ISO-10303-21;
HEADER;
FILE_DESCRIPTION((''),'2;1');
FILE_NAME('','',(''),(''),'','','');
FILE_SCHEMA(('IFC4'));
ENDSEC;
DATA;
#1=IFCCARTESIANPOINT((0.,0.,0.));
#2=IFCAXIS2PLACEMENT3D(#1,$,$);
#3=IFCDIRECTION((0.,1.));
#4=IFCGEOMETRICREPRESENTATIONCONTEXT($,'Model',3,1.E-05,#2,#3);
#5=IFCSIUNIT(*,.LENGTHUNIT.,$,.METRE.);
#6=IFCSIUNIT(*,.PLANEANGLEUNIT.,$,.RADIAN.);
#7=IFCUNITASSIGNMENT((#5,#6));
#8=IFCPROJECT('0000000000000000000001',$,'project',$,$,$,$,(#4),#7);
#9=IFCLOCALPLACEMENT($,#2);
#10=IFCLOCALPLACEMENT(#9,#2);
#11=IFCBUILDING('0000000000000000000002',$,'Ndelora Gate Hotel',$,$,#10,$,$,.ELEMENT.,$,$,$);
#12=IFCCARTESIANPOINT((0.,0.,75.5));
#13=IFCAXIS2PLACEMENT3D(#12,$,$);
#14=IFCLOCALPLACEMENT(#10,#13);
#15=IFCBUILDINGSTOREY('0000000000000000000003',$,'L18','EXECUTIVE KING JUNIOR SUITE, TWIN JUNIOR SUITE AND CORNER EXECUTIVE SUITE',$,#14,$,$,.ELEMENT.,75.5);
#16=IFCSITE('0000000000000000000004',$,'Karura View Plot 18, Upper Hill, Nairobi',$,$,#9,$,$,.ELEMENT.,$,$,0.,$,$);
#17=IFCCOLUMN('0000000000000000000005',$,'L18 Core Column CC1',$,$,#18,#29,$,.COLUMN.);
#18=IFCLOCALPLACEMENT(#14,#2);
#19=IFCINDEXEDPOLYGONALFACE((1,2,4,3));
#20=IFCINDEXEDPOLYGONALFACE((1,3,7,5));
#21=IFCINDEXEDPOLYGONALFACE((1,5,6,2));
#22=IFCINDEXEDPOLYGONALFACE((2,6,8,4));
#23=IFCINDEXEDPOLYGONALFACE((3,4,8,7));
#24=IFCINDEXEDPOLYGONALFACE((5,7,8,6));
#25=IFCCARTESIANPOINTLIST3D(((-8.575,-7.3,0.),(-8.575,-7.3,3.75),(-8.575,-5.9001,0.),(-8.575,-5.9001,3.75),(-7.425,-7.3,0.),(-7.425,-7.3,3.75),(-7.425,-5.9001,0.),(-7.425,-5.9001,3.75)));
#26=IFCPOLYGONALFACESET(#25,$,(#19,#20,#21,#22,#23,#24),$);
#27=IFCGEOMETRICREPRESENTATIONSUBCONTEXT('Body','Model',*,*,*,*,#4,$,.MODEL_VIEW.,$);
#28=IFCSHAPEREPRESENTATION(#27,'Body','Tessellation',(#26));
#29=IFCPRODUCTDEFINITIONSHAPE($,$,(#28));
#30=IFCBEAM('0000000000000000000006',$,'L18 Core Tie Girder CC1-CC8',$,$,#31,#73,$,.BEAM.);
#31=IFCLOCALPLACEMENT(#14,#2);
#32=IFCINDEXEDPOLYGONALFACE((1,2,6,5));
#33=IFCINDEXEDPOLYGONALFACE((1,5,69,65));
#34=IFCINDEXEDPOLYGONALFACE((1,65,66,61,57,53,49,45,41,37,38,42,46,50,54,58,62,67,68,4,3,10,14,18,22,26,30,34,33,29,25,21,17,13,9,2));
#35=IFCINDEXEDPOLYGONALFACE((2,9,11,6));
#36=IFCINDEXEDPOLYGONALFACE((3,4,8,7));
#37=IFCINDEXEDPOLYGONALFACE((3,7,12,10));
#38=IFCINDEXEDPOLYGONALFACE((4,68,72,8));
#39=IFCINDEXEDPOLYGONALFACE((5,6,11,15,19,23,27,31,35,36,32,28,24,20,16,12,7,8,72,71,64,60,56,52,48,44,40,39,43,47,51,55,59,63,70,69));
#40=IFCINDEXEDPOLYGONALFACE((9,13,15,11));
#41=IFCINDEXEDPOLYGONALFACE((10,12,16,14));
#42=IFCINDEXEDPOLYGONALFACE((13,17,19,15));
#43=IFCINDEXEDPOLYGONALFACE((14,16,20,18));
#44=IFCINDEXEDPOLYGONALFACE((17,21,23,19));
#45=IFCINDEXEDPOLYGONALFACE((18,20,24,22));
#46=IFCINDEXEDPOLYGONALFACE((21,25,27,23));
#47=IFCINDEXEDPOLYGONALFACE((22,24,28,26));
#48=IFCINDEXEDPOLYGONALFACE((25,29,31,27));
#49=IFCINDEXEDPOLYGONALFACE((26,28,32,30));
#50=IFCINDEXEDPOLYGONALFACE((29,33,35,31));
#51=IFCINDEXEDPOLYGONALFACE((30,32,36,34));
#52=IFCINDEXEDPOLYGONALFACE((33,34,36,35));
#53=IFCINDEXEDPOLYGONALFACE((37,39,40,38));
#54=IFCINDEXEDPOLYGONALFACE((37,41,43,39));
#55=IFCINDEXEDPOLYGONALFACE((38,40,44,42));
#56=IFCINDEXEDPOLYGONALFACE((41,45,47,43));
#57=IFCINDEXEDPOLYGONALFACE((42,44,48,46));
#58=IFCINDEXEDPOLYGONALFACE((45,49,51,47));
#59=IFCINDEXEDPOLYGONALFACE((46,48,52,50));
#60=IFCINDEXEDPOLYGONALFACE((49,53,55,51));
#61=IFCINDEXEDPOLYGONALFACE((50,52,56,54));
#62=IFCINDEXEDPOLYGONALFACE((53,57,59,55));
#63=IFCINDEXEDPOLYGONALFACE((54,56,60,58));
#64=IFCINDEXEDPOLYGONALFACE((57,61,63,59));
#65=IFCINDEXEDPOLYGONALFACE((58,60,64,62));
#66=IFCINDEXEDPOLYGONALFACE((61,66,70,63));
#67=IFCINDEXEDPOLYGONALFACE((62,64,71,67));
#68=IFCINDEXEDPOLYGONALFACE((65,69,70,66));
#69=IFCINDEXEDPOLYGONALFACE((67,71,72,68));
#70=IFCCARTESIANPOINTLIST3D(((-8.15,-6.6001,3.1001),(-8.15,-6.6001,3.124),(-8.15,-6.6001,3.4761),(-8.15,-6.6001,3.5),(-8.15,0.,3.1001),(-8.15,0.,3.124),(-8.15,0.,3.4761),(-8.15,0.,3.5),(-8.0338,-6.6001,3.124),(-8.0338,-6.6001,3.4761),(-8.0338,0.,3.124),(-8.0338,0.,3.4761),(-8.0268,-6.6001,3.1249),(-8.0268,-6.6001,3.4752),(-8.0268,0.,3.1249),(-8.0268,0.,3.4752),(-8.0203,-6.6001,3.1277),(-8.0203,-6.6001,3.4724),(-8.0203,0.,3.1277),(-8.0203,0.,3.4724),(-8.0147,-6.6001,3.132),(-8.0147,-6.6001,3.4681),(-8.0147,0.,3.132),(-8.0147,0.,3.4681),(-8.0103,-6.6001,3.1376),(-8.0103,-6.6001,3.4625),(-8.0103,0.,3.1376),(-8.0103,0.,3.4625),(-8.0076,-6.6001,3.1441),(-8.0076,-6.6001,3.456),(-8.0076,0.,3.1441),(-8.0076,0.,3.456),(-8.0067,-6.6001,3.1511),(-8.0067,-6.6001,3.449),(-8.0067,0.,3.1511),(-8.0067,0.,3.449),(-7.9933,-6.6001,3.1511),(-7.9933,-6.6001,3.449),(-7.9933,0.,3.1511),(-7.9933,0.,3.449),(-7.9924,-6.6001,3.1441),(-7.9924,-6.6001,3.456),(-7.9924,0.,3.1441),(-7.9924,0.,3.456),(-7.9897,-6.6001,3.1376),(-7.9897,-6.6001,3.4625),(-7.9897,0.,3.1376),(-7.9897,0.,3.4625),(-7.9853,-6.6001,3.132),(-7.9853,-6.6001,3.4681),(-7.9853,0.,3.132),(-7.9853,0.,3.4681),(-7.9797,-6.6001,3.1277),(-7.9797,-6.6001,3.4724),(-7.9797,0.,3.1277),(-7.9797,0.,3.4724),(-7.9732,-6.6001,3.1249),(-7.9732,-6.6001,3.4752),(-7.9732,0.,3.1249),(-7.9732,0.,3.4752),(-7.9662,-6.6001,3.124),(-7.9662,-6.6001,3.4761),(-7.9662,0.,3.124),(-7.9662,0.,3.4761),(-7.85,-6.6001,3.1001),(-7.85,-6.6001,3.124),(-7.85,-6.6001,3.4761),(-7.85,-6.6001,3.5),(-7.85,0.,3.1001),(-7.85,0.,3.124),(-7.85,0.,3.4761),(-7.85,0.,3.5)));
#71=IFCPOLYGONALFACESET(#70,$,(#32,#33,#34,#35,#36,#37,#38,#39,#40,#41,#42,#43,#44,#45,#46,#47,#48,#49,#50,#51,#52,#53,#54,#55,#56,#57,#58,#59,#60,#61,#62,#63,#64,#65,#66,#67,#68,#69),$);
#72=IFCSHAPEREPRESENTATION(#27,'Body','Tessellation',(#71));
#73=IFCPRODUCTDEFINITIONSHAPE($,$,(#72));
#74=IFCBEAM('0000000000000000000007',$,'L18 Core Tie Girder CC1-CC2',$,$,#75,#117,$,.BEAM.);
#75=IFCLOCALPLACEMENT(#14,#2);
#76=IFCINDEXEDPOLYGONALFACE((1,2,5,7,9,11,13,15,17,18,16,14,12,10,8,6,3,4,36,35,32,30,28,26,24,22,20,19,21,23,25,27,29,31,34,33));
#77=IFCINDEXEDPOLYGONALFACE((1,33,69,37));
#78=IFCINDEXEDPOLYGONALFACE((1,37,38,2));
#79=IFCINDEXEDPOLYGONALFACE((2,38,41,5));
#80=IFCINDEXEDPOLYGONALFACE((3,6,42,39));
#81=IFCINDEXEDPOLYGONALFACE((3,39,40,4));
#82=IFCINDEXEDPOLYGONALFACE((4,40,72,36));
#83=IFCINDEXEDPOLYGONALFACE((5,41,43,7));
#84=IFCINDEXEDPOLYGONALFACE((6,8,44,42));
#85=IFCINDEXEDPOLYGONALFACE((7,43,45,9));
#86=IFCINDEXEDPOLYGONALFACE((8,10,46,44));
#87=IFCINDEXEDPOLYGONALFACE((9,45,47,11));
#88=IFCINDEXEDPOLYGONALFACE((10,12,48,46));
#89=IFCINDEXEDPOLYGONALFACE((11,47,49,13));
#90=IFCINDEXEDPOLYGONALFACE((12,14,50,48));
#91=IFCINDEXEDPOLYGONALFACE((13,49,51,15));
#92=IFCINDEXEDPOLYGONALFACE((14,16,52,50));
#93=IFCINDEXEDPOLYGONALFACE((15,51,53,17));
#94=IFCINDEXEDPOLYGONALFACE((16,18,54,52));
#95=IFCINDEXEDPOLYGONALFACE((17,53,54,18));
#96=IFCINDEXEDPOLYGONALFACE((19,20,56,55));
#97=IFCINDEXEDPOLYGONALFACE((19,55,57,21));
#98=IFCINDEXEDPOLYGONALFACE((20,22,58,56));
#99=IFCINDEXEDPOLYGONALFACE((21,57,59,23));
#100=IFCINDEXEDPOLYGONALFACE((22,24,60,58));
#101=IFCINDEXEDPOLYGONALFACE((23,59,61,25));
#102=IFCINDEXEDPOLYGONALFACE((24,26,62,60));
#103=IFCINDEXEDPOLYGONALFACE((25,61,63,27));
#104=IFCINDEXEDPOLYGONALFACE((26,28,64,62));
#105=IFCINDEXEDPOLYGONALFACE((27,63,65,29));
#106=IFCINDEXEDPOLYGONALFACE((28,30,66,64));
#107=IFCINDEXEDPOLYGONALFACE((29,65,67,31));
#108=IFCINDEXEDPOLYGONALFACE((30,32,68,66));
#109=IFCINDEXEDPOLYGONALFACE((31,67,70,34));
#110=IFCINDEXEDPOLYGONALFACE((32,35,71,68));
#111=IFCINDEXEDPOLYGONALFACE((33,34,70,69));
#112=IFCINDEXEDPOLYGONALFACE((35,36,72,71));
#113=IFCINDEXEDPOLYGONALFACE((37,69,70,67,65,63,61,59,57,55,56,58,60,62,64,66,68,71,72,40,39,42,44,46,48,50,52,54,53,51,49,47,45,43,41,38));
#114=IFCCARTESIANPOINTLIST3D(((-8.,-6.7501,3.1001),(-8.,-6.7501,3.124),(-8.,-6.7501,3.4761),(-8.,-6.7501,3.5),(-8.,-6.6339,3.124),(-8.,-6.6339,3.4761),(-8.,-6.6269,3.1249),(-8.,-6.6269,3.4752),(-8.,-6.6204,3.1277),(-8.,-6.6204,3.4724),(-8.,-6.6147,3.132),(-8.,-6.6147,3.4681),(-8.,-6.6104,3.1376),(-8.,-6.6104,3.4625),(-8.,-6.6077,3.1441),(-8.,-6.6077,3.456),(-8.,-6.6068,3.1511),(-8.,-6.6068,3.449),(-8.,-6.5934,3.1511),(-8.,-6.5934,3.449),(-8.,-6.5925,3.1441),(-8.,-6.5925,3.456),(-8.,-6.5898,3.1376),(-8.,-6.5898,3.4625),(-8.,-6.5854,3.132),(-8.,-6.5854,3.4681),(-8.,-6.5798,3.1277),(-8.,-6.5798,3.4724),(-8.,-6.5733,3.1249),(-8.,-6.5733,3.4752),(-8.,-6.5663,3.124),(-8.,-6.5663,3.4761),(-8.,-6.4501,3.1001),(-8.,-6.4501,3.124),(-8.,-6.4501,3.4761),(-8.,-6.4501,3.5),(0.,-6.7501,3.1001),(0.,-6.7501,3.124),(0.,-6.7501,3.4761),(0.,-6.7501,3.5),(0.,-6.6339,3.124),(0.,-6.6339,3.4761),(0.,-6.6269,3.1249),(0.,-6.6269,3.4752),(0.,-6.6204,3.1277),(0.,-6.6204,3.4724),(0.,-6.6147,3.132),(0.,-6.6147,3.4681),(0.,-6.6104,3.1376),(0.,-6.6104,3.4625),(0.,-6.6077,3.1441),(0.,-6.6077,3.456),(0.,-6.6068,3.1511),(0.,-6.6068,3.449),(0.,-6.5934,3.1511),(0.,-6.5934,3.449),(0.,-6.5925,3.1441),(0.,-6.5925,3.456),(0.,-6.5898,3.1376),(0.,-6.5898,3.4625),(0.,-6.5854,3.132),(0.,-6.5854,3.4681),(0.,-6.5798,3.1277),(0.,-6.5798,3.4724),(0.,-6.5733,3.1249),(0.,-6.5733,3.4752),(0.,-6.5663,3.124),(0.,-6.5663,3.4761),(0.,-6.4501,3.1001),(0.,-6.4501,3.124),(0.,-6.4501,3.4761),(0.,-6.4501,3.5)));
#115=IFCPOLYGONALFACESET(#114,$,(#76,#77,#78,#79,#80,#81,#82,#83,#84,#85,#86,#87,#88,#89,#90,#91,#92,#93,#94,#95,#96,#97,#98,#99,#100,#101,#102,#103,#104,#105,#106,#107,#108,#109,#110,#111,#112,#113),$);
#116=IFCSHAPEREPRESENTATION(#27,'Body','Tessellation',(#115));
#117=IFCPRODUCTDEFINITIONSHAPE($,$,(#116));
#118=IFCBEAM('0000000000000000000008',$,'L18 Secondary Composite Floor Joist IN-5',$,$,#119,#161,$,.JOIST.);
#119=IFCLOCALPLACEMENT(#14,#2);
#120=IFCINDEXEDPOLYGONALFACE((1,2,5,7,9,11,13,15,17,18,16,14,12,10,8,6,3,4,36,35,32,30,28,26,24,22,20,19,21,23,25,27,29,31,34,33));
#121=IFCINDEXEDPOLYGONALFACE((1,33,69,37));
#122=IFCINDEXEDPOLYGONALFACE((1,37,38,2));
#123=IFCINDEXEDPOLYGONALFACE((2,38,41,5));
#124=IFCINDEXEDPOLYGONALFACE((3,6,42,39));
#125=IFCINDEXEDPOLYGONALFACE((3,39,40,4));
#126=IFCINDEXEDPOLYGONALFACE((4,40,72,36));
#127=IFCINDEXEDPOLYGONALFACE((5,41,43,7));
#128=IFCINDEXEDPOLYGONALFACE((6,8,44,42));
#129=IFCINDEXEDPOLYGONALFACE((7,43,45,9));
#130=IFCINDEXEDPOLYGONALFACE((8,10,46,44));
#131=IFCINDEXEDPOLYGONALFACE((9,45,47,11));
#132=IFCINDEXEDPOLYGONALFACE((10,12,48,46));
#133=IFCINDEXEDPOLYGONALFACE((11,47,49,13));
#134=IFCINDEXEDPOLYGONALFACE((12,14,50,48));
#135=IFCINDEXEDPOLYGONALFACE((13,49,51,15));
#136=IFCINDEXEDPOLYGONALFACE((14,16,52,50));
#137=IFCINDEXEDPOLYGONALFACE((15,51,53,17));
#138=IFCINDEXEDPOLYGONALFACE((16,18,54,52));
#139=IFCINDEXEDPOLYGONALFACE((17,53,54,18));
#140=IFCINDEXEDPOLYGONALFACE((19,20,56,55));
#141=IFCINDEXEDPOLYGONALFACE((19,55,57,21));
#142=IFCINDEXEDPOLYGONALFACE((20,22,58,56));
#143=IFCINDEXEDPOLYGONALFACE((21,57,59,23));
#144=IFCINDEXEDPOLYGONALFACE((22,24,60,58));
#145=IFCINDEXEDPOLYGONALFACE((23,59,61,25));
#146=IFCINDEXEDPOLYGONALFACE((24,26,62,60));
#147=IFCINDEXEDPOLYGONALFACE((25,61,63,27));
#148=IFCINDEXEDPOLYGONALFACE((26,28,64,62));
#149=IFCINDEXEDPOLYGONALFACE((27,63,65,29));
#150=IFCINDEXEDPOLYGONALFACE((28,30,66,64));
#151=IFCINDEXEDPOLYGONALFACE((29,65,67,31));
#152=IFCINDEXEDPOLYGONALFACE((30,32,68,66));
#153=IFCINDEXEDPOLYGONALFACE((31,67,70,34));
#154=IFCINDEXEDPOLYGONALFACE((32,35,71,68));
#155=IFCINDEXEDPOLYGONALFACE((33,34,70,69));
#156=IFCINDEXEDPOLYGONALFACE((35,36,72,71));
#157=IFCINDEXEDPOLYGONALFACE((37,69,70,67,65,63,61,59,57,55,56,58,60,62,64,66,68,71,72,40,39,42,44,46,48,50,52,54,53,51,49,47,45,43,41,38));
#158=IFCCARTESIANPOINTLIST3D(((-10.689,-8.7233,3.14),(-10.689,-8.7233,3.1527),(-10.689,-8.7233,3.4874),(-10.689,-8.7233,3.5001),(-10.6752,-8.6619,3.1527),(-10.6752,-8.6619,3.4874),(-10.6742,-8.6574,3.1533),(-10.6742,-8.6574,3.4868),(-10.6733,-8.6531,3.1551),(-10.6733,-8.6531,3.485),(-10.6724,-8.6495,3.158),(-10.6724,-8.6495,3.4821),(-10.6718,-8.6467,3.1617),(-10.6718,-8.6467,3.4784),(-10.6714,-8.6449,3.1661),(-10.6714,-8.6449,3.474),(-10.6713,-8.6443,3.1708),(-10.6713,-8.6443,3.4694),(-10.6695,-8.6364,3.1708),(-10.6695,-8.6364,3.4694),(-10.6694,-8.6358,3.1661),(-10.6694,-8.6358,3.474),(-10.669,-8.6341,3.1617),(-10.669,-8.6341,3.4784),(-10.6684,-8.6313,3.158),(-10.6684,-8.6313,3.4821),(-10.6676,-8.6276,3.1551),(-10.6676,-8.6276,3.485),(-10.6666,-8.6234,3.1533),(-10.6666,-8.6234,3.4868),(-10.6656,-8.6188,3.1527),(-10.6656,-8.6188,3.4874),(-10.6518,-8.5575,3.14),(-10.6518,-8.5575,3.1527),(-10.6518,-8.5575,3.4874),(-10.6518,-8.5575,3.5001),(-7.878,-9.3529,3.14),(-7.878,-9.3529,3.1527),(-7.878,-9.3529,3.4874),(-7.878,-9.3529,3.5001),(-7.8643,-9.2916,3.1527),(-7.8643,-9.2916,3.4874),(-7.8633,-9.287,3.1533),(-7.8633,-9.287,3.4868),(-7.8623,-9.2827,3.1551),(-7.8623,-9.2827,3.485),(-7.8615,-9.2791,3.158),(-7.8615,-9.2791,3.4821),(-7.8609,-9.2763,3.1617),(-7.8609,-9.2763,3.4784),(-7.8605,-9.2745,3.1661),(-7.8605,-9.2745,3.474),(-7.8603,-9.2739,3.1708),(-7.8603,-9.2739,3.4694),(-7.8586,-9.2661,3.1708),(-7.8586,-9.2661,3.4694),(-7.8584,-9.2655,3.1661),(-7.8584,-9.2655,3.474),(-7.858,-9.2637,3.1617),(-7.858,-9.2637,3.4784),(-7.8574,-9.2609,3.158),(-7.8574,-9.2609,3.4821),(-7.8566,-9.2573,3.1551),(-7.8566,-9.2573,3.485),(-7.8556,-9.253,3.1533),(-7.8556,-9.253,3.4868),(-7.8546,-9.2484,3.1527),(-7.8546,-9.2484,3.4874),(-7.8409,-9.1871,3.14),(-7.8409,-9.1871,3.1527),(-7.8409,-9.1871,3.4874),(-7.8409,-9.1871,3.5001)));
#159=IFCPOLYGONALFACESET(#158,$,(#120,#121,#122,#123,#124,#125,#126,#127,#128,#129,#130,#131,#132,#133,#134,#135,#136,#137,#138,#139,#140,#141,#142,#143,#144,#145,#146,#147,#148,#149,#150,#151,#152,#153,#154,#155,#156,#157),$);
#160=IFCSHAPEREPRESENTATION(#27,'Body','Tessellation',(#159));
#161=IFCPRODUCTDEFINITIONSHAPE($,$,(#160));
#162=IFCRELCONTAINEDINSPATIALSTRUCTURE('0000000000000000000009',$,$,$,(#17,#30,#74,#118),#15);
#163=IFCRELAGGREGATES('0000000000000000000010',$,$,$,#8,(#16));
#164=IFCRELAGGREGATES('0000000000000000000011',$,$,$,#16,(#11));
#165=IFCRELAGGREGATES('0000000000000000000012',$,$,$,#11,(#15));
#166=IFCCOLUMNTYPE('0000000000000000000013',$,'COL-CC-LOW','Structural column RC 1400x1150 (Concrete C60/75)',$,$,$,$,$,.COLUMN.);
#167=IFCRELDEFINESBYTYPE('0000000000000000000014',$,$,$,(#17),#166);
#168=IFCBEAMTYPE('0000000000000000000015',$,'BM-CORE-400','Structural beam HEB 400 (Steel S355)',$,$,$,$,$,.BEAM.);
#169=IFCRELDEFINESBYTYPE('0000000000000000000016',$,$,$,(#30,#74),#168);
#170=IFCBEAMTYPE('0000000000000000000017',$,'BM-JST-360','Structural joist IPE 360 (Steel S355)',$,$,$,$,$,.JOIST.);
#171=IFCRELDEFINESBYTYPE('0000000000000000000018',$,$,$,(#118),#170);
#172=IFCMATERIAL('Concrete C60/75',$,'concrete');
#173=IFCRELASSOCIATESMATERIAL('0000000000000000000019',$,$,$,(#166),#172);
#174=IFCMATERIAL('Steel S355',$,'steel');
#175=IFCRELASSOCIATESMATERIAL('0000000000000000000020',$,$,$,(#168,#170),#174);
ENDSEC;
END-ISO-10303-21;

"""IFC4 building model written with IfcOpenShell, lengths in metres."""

from ifc_helpers import new_model, si_unit, direction, frame, origin, origin_2d, place, context, subcontext, project, spatial, rectangle, i_section, extrude, material, material_profile, profile_set, type_object, element, save


model = new_model("IFC4")

# Units and contexts
model_context = context("Model", 3, precision=1e-05, world=origin(), true_north=direction((0.0, 1.0)))
body_context = subcontext(model_context, "Body", "Model", "MODEL_VIEW")
ifc_project = project(units=[si_unit("LENGTHUNIT", "METRE"), si_unit("PLANEANGLEUNIT", "RADIAN")], contexts=[model_context])

# Site, building, storey
site_placement = place(None, origin())
site = spatial("IfcSite", under=ifc_project, at=site_placement, Name="Karura View Plot 18, Upper Hill, Nairobi", CompositionType="ELEMENT", RefElevation=0.0)
building_placement = place(site_placement, origin())
building = spatial("IfcBuilding", under=site, at=building_placement, Name="Ndelora Gate Hotel", CompositionType="ELEMENT")
storey_placement = place(building_placement, frame((0.0, 0.0, 75.5)))
storey = spatial("IfcBuildingStorey", under=building, at=storey_placement, Name="L18", Description="EXECUTIVE KING JUNIOR SUITE, TWIN JUNIOR SUITE AND CORNER EXECUTIVE SUITE", CompositionType="ELEMENT", Elevation=75.5)

# Column
ifc_material_1 = material(Name="Concrete C60/75", Category="concrete")
ifc_material_profile_1 = material_profile(ifc_material_1, rectangle(XDim=1.1499, YDim=1.3999, at=origin_2d()), Name="RC 1400x1150")
ifc_profile_set_1 = profile_set([ifc_material_profile_1], Name="Concrete C60/75")
column_type = type_object("IfcColumnType", Name="COL-CC-LOW", Description="Structural column RC 1400x1150 (Concrete C60/75)", PredefinedType="COLUMN", material=ifc_profile_set_1)
column_placement = place(storey_placement, frame((-8.0, -6.6001, 0.0), z_axis=(0.0, 0.0, 1.0), x_axis=(1.0, 0.0, 0.0)))
element("IfcColumn", 1, at=column_placement, inside=storey, type_object=column_type, Name="L18 Core Column CC1", PredefinedType="COLUMN", context=body_context, shape_type="SweptSolid", body=[
    extrude(rectangle(XDim=1.1499, YDim=1.3999, at=origin_2d()), origin(), (0.0, 0.0, 1.0), 3.75),
])

# Beams
ifc_material_2 = material(Name="Steel S355", Category="steel")
ifc_material_profile_2 = material_profile(ifc_material_2, i_section(OverallWidth=0.3, OverallDepth=0.3999, WebThickness=0.0134, FlangeThickness=0.0239, FilletRadius=0.0271, at=origin_2d()), Name="HEB 400")
ifc_profile_set_2 = profile_set([ifc_material_profile_2], Name="Steel S355")
beam_type_1 = type_object("IfcBeamType", Name="BM-CORE-400", Description="Structural beam HEB 400 (Steel S355)", PredefinedType="BEAM", material=ifc_profile_set_2)
beam_1_placement = place(storey_placement, frame((-8.0, -6.6001, 3.3), z_axis=(0.0, 1.0, 0.0), x_axis=(-1.0, 0.0, 0.0)))
element("IfcBeam", 2, at=beam_1_placement, inside=storey, type_object=beam_type_1, Name="L18 Core Tie Girder CC1-CC8", PredefinedType="BEAM", context=body_context, shape_type="SweptSolid", body=[
    extrude(i_section(OverallWidth=0.3, OverallDepth=0.3999, WebThickness=0.0134, FlangeThickness=0.0239, FilletRadius=0.0271, at=origin_2d()), origin(), (0.0, 0.0, 1.0), 6.6001),
])
beam_2_placement = place(storey_placement, frame((-8.0, -6.6001, 3.3), z_axis=(1.0, 0.0, 0.0), x_axis=(0.0, 1.0, 0.0)))
element("IfcBeam", 3, at=beam_2_placement, inside=storey, type_object=beam_type_1, Name="L18 Core Tie Girder CC1-CC2", PredefinedType="BEAM", context=body_context, shape_type="SweptSolid", body=[
    extrude(i_section(OverallWidth=0.3, OverallDepth=0.3999, WebThickness=0.0134, FlangeThickness=0.0239, FilletRadius=0.0271, at=origin_2d()), origin(), (0.0, 0.0, 1.0), 8.0),
])
ifc_material_profile_3 = material_profile(ifc_material_2, i_section(OverallWidth=0.1699, OverallDepth=0.3601, WebThickness=0.0081, FlangeThickness=0.0127, FilletRadius=0.0181, at=origin_2d()), Name="IPE 360")
ifc_profile_set_3 = profile_set([ifc_material_profile_3], Name="Steel S355")
beam_type_2 = type_object("IfcBeamType", Name="BM-JST-360", Description="Structural joist IPE 360 (Steel S355)", PredefinedType="JOIST", material=ifc_profile_set_3)
beam_3_placement = place(storey_placement, frame((-10.6704, -8.6404, 3.3201), z_axis=(0.975821, -0.218572, 0.0), x_axis=(0.218572, 0.975821, 0.0)))
element("IfcBeam", 4, at=beam_3_placement, inside=storey, type_object=beam_type_2, Name="L18 Secondary Composite Floor Joist IN-5", PredefinedType="JOIST", context=body_context, shape_type="SweptSolid", body=[
    extrude(i_section(OverallWidth=0.1699, OverallDepth=0.3601, WebThickness=0.0081, FlangeThickness=0.0127, FilletRadius=0.0181, at=origin_2d()), origin(), (0.0, 0.0, 1.0), 2.8806),
])

save(model, "model.ifc")
